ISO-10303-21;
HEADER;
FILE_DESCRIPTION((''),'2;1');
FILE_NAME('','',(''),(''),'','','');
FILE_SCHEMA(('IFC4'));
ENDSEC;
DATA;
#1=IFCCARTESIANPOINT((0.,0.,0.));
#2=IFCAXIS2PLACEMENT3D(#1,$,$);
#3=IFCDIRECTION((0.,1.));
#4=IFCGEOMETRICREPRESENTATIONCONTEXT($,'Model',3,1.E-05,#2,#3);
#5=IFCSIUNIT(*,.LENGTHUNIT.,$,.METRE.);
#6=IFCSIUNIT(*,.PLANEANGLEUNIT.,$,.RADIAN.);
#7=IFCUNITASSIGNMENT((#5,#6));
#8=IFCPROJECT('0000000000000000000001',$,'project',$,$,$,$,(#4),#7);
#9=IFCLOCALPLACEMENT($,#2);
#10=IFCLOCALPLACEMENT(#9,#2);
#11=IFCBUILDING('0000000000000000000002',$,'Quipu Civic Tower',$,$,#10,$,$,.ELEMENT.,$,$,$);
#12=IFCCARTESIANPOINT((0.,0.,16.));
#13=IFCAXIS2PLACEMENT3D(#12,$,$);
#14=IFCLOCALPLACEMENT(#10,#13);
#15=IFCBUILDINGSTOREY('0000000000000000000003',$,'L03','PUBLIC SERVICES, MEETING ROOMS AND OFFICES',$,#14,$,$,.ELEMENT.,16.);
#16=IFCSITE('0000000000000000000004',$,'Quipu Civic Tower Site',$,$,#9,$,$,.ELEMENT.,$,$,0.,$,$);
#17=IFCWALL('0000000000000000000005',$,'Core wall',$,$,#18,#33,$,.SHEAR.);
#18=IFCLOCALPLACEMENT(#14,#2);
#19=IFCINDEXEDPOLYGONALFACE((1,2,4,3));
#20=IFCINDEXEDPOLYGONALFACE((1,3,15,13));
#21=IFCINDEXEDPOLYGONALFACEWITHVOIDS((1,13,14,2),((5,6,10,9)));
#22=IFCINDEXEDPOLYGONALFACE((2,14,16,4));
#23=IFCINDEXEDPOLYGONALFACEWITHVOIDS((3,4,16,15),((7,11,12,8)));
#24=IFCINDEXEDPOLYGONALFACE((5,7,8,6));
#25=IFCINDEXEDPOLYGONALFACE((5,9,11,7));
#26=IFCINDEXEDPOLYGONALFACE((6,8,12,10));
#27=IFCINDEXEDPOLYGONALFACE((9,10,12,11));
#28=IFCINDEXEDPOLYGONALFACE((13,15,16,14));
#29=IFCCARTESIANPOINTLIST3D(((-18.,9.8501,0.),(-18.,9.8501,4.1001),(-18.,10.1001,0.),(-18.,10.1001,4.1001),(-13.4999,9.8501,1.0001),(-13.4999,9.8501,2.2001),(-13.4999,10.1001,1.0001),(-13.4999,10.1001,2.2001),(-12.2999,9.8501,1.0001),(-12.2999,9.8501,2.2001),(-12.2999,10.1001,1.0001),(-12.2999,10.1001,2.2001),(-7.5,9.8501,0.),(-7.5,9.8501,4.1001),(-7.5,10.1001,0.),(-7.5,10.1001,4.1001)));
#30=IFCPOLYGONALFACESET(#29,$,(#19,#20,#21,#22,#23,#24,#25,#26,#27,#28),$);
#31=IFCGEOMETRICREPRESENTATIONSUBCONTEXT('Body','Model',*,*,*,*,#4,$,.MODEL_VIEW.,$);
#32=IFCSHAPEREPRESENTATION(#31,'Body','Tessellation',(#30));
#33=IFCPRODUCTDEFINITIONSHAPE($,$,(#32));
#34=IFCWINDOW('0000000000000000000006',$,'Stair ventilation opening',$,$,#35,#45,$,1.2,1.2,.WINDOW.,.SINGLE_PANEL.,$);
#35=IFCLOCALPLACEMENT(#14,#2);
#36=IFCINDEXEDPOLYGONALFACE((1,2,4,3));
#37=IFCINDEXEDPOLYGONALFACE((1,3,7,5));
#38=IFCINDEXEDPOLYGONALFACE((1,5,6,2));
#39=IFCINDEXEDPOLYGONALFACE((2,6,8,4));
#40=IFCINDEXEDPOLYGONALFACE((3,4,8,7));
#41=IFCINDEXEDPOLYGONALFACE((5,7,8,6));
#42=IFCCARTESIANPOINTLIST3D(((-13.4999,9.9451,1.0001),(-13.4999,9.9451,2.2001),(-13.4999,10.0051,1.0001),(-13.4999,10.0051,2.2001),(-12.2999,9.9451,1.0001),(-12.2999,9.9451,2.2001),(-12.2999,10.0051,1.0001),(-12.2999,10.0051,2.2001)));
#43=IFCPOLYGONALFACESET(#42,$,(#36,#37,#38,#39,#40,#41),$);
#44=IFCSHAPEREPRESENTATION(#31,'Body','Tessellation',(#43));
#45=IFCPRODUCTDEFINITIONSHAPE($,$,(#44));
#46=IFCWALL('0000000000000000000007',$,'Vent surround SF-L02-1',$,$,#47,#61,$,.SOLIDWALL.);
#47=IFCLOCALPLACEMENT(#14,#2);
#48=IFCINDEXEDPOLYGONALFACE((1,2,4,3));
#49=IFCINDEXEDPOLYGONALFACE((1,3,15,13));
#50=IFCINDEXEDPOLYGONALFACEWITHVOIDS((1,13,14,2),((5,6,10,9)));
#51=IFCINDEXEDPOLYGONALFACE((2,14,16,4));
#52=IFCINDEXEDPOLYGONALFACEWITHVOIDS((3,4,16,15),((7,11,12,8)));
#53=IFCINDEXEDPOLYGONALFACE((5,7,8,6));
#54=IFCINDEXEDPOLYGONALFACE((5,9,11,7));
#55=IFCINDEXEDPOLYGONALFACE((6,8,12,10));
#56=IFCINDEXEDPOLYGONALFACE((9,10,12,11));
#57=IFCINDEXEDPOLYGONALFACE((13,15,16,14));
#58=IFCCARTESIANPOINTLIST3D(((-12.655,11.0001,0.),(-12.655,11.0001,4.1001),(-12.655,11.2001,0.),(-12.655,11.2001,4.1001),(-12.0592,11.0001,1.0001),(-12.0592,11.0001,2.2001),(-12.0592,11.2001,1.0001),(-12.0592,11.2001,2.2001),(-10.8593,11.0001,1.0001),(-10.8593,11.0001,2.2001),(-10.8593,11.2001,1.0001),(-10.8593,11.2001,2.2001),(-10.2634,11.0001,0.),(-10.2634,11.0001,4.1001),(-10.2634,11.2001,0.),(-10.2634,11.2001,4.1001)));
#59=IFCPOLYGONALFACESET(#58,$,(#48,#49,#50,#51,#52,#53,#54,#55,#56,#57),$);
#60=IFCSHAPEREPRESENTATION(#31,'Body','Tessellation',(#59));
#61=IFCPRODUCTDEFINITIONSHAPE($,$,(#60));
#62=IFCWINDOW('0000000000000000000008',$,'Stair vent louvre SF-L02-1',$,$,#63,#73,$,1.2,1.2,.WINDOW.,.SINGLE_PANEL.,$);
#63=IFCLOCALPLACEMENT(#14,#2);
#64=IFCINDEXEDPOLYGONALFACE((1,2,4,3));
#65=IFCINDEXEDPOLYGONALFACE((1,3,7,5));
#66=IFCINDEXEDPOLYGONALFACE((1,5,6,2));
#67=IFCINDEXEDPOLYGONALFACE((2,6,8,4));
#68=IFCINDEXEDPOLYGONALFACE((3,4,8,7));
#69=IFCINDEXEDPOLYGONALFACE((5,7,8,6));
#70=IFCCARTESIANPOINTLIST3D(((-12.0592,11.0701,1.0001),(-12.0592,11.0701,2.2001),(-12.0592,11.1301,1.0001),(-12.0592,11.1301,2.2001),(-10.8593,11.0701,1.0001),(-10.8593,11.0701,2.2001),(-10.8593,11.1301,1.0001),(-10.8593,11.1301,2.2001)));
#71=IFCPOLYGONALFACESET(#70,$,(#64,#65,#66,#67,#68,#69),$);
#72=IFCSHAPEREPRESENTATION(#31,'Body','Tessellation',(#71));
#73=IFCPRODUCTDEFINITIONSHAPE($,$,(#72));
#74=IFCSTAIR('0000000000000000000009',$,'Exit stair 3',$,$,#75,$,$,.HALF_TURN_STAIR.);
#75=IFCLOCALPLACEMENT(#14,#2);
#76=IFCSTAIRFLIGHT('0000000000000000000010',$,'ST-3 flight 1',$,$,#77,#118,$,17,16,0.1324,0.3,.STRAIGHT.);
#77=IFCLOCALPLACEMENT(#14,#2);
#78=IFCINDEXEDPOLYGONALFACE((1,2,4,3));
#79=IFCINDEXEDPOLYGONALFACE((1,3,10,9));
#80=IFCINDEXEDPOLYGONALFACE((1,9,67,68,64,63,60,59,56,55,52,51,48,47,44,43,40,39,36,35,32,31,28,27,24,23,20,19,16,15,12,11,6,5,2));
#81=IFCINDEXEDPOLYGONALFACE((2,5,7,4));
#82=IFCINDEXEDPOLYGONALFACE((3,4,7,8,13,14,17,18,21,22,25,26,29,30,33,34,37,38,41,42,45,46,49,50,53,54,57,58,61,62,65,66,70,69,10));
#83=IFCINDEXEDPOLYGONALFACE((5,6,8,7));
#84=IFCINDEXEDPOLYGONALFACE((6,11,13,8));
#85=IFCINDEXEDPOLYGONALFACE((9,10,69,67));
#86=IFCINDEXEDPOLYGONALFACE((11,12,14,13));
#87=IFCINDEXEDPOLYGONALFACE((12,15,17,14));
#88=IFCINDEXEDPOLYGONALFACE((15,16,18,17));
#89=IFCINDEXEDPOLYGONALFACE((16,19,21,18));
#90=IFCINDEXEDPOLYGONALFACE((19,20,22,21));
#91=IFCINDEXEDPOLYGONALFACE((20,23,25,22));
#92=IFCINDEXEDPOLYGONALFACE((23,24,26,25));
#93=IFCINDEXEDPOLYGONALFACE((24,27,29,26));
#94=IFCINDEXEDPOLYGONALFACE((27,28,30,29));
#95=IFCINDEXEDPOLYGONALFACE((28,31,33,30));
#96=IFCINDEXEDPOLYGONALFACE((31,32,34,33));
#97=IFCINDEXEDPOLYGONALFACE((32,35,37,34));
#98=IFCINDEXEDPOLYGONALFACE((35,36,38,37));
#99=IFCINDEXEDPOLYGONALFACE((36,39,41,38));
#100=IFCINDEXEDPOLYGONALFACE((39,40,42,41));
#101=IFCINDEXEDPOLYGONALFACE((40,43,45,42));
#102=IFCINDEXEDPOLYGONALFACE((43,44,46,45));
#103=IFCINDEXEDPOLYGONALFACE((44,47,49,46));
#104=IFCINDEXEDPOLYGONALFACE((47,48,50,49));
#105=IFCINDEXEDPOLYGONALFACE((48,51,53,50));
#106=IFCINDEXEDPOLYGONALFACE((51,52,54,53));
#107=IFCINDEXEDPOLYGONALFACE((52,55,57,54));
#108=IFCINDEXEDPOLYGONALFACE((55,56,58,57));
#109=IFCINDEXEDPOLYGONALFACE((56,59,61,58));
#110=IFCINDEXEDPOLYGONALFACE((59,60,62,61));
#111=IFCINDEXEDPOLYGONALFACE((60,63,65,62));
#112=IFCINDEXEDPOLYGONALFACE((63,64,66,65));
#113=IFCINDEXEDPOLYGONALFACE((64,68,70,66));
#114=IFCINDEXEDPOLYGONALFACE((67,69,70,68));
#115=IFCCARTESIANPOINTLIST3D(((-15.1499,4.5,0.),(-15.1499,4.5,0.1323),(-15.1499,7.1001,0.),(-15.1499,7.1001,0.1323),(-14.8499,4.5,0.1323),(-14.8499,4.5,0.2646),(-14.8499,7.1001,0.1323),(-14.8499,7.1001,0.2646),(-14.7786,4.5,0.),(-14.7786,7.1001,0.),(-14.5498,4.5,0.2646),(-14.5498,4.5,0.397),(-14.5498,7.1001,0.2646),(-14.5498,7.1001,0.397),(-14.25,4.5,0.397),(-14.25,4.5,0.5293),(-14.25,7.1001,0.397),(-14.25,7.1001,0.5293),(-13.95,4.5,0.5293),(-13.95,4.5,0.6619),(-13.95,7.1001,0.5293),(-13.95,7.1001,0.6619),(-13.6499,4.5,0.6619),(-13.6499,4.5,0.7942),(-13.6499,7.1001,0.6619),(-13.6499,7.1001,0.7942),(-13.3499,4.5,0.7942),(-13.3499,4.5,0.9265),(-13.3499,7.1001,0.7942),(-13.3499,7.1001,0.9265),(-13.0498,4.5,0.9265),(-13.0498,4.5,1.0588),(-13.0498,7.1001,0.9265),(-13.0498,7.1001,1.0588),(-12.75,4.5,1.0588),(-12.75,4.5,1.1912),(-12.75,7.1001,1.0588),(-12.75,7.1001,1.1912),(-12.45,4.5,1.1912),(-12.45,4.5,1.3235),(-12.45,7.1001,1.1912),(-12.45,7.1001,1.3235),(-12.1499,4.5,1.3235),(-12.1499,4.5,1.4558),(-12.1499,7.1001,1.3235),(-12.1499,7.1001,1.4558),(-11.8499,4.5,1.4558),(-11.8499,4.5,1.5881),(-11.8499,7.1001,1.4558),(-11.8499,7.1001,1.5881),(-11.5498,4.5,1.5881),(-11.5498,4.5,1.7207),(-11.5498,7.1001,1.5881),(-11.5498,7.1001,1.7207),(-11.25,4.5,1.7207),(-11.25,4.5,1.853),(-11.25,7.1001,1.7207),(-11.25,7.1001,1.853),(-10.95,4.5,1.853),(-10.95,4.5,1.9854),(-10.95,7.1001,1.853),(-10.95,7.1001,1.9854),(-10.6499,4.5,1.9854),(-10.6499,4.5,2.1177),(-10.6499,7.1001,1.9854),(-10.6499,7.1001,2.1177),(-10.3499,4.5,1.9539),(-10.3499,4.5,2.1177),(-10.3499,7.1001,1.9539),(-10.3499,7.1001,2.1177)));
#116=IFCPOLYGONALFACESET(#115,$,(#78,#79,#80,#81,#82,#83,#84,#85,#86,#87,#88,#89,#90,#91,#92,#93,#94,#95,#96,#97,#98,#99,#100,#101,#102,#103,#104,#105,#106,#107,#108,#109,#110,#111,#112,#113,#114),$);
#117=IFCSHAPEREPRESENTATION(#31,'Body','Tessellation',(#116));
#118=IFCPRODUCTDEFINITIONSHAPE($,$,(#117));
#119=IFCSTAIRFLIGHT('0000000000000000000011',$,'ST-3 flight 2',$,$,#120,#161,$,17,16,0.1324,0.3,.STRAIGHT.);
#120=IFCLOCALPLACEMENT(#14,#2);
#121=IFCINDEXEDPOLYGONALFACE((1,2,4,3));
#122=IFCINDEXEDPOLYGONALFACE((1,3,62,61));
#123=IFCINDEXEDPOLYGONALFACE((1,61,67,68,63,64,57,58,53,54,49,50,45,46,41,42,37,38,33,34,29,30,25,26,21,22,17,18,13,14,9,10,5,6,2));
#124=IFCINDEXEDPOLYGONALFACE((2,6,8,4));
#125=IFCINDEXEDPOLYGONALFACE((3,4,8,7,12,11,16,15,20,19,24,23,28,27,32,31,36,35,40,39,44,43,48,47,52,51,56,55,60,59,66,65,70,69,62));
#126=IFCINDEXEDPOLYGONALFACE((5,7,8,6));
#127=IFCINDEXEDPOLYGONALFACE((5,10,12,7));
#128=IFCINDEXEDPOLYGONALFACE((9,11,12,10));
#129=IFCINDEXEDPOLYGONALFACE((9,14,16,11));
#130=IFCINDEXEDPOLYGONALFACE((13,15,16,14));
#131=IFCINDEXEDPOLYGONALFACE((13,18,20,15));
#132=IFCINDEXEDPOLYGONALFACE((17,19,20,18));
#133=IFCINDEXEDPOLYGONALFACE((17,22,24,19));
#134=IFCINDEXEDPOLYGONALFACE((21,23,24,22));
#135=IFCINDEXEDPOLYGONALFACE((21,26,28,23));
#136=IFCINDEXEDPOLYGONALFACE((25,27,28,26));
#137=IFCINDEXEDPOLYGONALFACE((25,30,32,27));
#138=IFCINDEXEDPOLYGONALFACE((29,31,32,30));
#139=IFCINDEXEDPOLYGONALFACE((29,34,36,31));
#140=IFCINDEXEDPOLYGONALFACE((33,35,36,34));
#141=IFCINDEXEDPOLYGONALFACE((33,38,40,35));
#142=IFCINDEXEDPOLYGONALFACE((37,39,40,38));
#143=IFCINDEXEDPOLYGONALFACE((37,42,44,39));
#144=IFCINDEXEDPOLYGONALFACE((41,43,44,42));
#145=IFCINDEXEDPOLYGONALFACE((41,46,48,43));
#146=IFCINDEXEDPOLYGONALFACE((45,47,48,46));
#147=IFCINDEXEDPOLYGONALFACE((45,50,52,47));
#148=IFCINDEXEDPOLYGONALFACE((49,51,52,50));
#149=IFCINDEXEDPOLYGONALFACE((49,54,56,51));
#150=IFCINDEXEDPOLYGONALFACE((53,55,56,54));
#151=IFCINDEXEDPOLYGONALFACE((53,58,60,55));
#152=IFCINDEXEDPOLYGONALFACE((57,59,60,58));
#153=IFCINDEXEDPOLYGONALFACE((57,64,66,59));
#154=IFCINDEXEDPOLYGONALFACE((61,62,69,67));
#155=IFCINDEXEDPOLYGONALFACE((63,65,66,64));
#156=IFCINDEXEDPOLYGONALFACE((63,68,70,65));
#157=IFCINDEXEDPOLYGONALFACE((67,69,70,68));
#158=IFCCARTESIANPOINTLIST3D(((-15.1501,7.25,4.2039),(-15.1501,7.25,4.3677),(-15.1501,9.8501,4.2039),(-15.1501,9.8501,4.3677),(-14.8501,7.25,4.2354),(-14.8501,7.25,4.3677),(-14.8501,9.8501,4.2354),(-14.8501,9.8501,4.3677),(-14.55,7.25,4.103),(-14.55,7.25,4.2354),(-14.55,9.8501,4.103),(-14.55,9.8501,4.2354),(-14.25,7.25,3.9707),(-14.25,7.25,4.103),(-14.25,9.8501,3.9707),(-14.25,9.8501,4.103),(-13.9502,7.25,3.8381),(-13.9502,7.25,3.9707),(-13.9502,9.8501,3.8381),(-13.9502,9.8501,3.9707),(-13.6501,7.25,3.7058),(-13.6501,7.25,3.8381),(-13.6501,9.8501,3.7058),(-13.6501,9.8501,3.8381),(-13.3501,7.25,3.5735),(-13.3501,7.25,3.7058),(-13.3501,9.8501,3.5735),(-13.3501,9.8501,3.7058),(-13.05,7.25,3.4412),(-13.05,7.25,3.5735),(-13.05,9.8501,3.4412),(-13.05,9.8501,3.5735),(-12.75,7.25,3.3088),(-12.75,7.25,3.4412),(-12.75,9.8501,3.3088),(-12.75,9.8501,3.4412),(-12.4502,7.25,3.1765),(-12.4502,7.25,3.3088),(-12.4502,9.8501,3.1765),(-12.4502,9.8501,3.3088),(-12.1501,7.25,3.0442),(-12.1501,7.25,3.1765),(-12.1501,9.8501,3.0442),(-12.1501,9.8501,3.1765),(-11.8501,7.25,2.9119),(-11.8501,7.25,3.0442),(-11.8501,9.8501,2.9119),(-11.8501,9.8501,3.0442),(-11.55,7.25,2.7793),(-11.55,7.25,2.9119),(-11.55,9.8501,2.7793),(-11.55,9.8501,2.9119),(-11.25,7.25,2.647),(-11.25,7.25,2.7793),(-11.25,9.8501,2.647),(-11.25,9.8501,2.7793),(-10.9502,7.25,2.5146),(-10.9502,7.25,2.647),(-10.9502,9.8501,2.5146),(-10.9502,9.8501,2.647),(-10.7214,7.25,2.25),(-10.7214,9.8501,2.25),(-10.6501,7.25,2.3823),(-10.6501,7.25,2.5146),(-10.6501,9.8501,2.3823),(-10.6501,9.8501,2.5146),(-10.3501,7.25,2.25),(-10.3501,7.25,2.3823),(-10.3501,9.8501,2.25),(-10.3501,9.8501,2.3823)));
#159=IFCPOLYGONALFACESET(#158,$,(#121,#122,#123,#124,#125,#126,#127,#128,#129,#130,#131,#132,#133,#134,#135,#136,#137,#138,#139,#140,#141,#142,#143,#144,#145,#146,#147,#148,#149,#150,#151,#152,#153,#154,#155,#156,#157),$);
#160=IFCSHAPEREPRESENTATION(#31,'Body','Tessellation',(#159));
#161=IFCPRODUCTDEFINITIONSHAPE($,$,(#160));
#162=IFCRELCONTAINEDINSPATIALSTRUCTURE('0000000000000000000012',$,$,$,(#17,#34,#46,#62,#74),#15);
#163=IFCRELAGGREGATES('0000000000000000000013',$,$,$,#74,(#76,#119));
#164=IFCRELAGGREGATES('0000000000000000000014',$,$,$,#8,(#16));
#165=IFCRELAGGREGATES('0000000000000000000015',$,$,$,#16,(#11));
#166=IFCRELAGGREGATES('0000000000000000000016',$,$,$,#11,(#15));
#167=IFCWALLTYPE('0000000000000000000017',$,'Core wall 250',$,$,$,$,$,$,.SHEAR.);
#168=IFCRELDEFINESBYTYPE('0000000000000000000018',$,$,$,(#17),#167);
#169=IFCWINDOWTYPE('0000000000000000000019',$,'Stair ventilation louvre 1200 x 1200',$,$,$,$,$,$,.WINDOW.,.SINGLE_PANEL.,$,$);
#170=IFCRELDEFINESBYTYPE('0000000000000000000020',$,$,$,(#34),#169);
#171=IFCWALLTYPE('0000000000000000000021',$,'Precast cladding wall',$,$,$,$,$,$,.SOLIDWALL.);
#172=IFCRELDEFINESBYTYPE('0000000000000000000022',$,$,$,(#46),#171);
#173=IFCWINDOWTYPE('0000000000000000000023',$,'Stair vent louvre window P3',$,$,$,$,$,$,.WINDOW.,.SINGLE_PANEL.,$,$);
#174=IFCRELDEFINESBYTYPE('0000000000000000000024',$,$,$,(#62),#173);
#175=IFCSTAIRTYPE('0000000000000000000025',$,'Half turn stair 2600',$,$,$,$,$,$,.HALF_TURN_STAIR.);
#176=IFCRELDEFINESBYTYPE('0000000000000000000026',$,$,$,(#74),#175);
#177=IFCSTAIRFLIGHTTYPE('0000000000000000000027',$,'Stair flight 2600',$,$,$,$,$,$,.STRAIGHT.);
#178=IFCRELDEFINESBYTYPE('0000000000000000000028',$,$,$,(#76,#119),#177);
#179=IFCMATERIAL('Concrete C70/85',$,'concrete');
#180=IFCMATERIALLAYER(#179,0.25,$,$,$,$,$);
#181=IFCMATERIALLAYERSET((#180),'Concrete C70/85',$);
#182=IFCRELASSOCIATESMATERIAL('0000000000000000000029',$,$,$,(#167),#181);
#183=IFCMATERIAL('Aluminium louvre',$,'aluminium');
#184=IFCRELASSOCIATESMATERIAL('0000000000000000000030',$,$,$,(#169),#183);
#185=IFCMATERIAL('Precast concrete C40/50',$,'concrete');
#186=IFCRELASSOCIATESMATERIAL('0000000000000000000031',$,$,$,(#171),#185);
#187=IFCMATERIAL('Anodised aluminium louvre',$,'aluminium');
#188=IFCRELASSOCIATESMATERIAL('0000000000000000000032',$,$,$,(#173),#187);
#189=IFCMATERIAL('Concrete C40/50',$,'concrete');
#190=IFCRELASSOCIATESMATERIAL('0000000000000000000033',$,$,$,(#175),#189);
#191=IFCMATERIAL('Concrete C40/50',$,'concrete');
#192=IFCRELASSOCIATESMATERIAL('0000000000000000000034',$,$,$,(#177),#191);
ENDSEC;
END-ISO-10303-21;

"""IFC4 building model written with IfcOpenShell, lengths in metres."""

from ifc_helpers import new_model, si_unit, direction, frame, frame_2d, origin, place, context, subcontext, project, spatial, polyline, rectangle, outline, extrude, material, layer, layer_set, type_object, element, fill, aggregate, save


model = new_model("IFC4")

# Units and contexts
model_context = context("Model", 3, precision=1e-05, world=origin(), true_north=direction((0.0, 1.0)))
body_context = subcontext(model_context, "Body", "Model", "MODEL_VIEW")
ifc_project = project(units=[si_unit("LENGTHUNIT", "METRE"), si_unit("PLANEANGLEUNIT", "RADIAN")], contexts=[model_context])

# Site, building, storey
site_placement = place(None, origin())
site = spatial("IfcSite", under=ifc_project, at=site_placement, Name="Quipu Civic Tower Site", CompositionType="ELEMENT", RefElevation=0.0)
building_placement = place(site_placement, origin())
building = spatial("IfcBuilding", under=site, at=building_placement, Name="Quipu Civic Tower", CompositionType="ELEMENT")
storey_placement = place(building_placement, frame((0.0, 0.0, 16.0)))
storey = spatial("IfcBuildingStorey", under=building, at=storey_placement, Name="L03", Description="PUBLIC SERVICES, MEETING ROOMS AND OFFICES", CompositionType="ELEMENT", Elevation=16.0)

# Shared definitions
ifc_material_1 = material(Name="Concrete C70/85", Category="concrete")
ifc_layer_1 = layer(ifc_material_1, 0.25)
ifc_layer_set_1 = layer_set([ifc_layer_1], Name="Concrete C70/85")
wall_type_1 = type_object("IfcWallType", Name="Core wall 250", PredefinedType="SHEAR", material=ifc_layer_set_1)

# Walls, openings, windows
wall_1_placement = place(storey_placement, frame((-18.0, 9.9751, 0.0), z_axis=(0.0, 0.0, 1.0), x_axis=(1.0, 0.0, 0.0)))
wall_1 = element("IfcWall", 1, at=wall_1_placement, inside=storey, type_object=wall_type_1, Name="Core wall", PredefinedType="SHEAR", context=body_context, shape_type="SweptSolid", body=[
    extrude(rectangle(XDim=10.5, YDim=0.25, at=frame_2d((5.25, 0.0))), origin(), (0.0, 0.0, 1.0), 4.1001),
])
opening_1_placement = place(wall_1_placement, frame((4.5, 0.0, 1.0)))
opening_1 = element("IfcOpeningElement", 2, at=opening_1_placement, cuts=wall_1, PredefinedType="OPENING", context=body_context, shape_type="SweptSolid", body=[
    extrude(rectangle(XDim=1.2, YDim=1.2, at=frame_2d((0.6001, 0.6001))), frame((0.0, 0.135, 0.0), z_axis=(0.0, -1.0, 0.0), x_axis=(1.0, 0.0, 0.0)), (0.0, 0.0, 1.0), 0.27),
])
ifc_material_2 = material(Name="Aluminium louvre", Category="aluminium")
window_type_1 = type_object("IfcWindowType", Name="Stair ventilation louvre 1200 x 1200", PartitioningType="SINGLE_PANEL", PredefinedType="WINDOW", material=ifc_material_2)
window_1_placement = place(opening_1_placement, origin())
window_1 = element("IfcWindow", 3, at=window_1_placement, inside=storey, type_object=window_type_1, Name="Stair ventilation opening", OverallHeight=1.2, OverallWidth=1.2, PartitioningType="SINGLE_PANEL", PredefinedType="WINDOW", context=body_context, shape_type="SweptSolid", body=[
    extrude(rectangle(XDim=1.2, YDim=1.2, at=frame_2d((0.6001, 0.6001))), frame((0.0, 0.03, 0.0), z_axis=(0.0, -1.0, 0.0), x_axis=(1.0, 0.0, 0.0)), (0.0, 0.0, 1.0), 0.0601),
])
fill(opening_1, window_1)
ifc_material_3 = material(Name="Precast concrete C40/50", Category="concrete")
wall_type_2 = type_object("IfcWallType", Name="Precast cladding wall", PredefinedType="SOLIDWALL", material=ifc_material_3)
wall_2_placement = place(storey_placement, frame((-10.2634, 11.1001, 0.0), z_axis=(0.0, 0.0, 1.0), x_axis=(-1.0, 0.0, 0.0)))
wall_2 = element("IfcWall", 4, at=wall_2_placement, inside=storey, type_object=wall_type_2, Name="Vent surround SF-L02-1", PredefinedType="SOLIDWALL", context=body_context, shape_type="SweptSolid", body=[
    extrude(rectangle(XDim=2.3916, YDim=0.2, at=frame_2d((1.1958, 0.0))), origin(), (0.0, 0.0, 1.0), 4.1001),
])
opening_2_placement = place(wall_2_placement, frame((0.5957, 0.0, 1.0)))
opening_2 = element("IfcOpeningElement", 5, at=opening_2_placement, cuts=wall_2, PredefinedType="OPENING", context=body_context, shape_type="SweptSolid", body=[
    extrude(rectangle(XDim=1.2, YDim=1.2, at=frame_2d((0.6001, 0.6001))), frame((0.0, 0.1099, 0.0), z_axis=(0.0, -1.0, 0.0), x_axis=(1.0, 0.0, 0.0)), (0.0, 0.0, 1.0), 0.22),
])
ifc_material_4 = material(Name="Anodised aluminium louvre", Category="aluminium")
window_type_2 = type_object("IfcWindowType", Name="Stair vent louvre window P3", PartitioningType="SINGLE_PANEL", PredefinedType="WINDOW", material=ifc_material_4)
window_2_placement = place(opening_2_placement, origin())
window_2 = element("IfcWindow", 6, at=window_2_placement, inside=storey, type_object=window_type_2, Name="Stair vent louvre SF-L02-1", OverallHeight=1.2, OverallWidth=1.2, PartitioningType="SINGLE_PANEL", PredefinedType="WINDOW", context=body_context, shape_type="SweptSolid", body=[
    extrude(rectangle(XDim=1.2, YDim=1.2, at=frame_2d((0.6001, 0.6001))), frame((0.0, 0.03, 0.0), z_axis=(0.0, -1.0, 0.0), x_axis=(1.0, 0.0, 0.0)), (0.0, 0.0, 1.0), 0.0601),
])
fill(opening_2, window_2)

# Stair, stair flights
ifc_material_5 = material(Name="Concrete C40/50", Category="concrete")
stair_type = type_object("IfcStairType", Name="Half turn stair 2600", PredefinedType="HALF_TURN_STAIR", material=ifc_material_5)
stair_placement = place(storey_placement, origin())
stair = element("IfcStair", 7, at=stair_placement, inside=storey, type_object=stair_type, Name="Exit stair 3", PredefinedType="HALF_TURN_STAIR")
ifc_material_6 = material(Name="Concrete C40/50", Category="concrete")
stair_flight_type = type_object("IfcStairFlightType", Name="Stair flight 2600", PredefinedType="STRAIGHT", material=ifc_material_6)
stair_flight_1_placement = place(storey_placement, frame((-15.1499, 5.8, 0.0), z_axis=(0.0, 0.0, 1.0), x_axis=(1.0, 0.0, 0.0)))
stair_flight_1 = element("IfcStairFlight", 8, at=stair_flight_1_placement, type_object=stair_flight_type, Name="ST-3 flight 1", NumberOfRisers=17, NumberOfTreads=16, PredefinedType="STRAIGHT", RiserHeight=0.1324, TreadLength=0.3, context=body_context, shape_type="SweptSolid", body=[
    extrude(outline(polyline([(0.0, 0.0), (0.0, 0.1323), (0.3, 0.1323), (0.3, 0.2646), (0.6001, 0.2646), (0.6001, 0.397), (0.8999, 0.397), (0.8999, 0.5293), (1.2, 0.5293), (1.2, 0.6619), (1.5, 0.6619), (1.5, 0.7942), (1.8, 0.7942), (1.8, 0.9265), (2.1001, 0.9265), (2.1001, 1.0588), (2.3999, 1.0588), (2.3999, 1.1912), (2.7, 1.1912), (2.7, 1.3235), (3.0, 1.3235), (3.0, 1.4558), (3.3, 1.4558), (3.3, 1.5881), (3.6001, 1.5881), (3.6001, 1.7207), (3.8999, 1.7207), (3.8999, 1.853), (4.2, 1.853), (4.2, 1.9854), (4.5, 1.9854), (4.5, 2.1177), (4.8, 2.1177), (4.8, 2.25), (4.8, 1.9539), (0.3713, 0.0), (0.0, 0.0)])), frame((0.0, 1.3, 0.0), z_axis=(0.0, -1.0, 0.0), x_axis=(1.0, 0.0, 0.0)), (0.0, 0.0, 1.0), 2.6001),
])
stair_flight_2_placement = place(storey_placement, frame((-10.3501, 8.55, 2.25), z_axis=(0.0, 0.0, 1.0), x_axis=(-1.0, 0.0, 0.0)))
stair_flight_2 = element("IfcStairFlight", 9, at=stair_flight_2_placement, type_object=stair_flight_type, Name="ST-3 flight 2", NumberOfRisers=17, NumberOfTreads=16, PredefinedType="STRAIGHT", RiserHeight=0.1324, TreadLength=0.3, context=body_context, shape_type="SweptSolid", body=[
    extrude(outline(polyline([(0.0, 0.0), (0.0, 0.1323), (0.3, 0.1323), (0.3, 0.2646), (0.6001, 0.2646), (0.6001, 0.397), (0.8999, 0.397), (0.8999, 0.5293), (1.2, 0.5293), (1.2, 0.6619), (1.5, 0.6619), (1.5, 0.7942), (1.8, 0.7942), (1.8, 0.9265), (2.1001, 0.9265), (2.1001, 1.0588), (2.3999, 1.0588), (2.3999, 1.1912), (2.7, 1.1912), (2.7, 1.3235), (3.0, 1.3235), (3.0, 1.4558), (3.3, 1.4558), (3.3, 1.5881), (3.6001, 1.5881), (3.6001, 1.7207), (3.8999, 1.7207), (3.8999, 1.853), (4.2, 1.853), (4.2, 1.9854), (4.5, 1.9854), (4.5, 2.1177), (4.8, 2.1177), (4.8, 2.25), (4.8, 1.9539), (0.3713, 0.0), (0.0, 0.0)])), frame((0.0, 1.3, 0.0), z_axis=(0.0, -1.0, 0.0), x_axis=(1.0, 0.0, 0.0)), (0.0, 0.0, 1.0), 2.6001),
])
aggregate(stair, [stair_flight_1, stair_flight_2])

save(model, "model.ifc")
